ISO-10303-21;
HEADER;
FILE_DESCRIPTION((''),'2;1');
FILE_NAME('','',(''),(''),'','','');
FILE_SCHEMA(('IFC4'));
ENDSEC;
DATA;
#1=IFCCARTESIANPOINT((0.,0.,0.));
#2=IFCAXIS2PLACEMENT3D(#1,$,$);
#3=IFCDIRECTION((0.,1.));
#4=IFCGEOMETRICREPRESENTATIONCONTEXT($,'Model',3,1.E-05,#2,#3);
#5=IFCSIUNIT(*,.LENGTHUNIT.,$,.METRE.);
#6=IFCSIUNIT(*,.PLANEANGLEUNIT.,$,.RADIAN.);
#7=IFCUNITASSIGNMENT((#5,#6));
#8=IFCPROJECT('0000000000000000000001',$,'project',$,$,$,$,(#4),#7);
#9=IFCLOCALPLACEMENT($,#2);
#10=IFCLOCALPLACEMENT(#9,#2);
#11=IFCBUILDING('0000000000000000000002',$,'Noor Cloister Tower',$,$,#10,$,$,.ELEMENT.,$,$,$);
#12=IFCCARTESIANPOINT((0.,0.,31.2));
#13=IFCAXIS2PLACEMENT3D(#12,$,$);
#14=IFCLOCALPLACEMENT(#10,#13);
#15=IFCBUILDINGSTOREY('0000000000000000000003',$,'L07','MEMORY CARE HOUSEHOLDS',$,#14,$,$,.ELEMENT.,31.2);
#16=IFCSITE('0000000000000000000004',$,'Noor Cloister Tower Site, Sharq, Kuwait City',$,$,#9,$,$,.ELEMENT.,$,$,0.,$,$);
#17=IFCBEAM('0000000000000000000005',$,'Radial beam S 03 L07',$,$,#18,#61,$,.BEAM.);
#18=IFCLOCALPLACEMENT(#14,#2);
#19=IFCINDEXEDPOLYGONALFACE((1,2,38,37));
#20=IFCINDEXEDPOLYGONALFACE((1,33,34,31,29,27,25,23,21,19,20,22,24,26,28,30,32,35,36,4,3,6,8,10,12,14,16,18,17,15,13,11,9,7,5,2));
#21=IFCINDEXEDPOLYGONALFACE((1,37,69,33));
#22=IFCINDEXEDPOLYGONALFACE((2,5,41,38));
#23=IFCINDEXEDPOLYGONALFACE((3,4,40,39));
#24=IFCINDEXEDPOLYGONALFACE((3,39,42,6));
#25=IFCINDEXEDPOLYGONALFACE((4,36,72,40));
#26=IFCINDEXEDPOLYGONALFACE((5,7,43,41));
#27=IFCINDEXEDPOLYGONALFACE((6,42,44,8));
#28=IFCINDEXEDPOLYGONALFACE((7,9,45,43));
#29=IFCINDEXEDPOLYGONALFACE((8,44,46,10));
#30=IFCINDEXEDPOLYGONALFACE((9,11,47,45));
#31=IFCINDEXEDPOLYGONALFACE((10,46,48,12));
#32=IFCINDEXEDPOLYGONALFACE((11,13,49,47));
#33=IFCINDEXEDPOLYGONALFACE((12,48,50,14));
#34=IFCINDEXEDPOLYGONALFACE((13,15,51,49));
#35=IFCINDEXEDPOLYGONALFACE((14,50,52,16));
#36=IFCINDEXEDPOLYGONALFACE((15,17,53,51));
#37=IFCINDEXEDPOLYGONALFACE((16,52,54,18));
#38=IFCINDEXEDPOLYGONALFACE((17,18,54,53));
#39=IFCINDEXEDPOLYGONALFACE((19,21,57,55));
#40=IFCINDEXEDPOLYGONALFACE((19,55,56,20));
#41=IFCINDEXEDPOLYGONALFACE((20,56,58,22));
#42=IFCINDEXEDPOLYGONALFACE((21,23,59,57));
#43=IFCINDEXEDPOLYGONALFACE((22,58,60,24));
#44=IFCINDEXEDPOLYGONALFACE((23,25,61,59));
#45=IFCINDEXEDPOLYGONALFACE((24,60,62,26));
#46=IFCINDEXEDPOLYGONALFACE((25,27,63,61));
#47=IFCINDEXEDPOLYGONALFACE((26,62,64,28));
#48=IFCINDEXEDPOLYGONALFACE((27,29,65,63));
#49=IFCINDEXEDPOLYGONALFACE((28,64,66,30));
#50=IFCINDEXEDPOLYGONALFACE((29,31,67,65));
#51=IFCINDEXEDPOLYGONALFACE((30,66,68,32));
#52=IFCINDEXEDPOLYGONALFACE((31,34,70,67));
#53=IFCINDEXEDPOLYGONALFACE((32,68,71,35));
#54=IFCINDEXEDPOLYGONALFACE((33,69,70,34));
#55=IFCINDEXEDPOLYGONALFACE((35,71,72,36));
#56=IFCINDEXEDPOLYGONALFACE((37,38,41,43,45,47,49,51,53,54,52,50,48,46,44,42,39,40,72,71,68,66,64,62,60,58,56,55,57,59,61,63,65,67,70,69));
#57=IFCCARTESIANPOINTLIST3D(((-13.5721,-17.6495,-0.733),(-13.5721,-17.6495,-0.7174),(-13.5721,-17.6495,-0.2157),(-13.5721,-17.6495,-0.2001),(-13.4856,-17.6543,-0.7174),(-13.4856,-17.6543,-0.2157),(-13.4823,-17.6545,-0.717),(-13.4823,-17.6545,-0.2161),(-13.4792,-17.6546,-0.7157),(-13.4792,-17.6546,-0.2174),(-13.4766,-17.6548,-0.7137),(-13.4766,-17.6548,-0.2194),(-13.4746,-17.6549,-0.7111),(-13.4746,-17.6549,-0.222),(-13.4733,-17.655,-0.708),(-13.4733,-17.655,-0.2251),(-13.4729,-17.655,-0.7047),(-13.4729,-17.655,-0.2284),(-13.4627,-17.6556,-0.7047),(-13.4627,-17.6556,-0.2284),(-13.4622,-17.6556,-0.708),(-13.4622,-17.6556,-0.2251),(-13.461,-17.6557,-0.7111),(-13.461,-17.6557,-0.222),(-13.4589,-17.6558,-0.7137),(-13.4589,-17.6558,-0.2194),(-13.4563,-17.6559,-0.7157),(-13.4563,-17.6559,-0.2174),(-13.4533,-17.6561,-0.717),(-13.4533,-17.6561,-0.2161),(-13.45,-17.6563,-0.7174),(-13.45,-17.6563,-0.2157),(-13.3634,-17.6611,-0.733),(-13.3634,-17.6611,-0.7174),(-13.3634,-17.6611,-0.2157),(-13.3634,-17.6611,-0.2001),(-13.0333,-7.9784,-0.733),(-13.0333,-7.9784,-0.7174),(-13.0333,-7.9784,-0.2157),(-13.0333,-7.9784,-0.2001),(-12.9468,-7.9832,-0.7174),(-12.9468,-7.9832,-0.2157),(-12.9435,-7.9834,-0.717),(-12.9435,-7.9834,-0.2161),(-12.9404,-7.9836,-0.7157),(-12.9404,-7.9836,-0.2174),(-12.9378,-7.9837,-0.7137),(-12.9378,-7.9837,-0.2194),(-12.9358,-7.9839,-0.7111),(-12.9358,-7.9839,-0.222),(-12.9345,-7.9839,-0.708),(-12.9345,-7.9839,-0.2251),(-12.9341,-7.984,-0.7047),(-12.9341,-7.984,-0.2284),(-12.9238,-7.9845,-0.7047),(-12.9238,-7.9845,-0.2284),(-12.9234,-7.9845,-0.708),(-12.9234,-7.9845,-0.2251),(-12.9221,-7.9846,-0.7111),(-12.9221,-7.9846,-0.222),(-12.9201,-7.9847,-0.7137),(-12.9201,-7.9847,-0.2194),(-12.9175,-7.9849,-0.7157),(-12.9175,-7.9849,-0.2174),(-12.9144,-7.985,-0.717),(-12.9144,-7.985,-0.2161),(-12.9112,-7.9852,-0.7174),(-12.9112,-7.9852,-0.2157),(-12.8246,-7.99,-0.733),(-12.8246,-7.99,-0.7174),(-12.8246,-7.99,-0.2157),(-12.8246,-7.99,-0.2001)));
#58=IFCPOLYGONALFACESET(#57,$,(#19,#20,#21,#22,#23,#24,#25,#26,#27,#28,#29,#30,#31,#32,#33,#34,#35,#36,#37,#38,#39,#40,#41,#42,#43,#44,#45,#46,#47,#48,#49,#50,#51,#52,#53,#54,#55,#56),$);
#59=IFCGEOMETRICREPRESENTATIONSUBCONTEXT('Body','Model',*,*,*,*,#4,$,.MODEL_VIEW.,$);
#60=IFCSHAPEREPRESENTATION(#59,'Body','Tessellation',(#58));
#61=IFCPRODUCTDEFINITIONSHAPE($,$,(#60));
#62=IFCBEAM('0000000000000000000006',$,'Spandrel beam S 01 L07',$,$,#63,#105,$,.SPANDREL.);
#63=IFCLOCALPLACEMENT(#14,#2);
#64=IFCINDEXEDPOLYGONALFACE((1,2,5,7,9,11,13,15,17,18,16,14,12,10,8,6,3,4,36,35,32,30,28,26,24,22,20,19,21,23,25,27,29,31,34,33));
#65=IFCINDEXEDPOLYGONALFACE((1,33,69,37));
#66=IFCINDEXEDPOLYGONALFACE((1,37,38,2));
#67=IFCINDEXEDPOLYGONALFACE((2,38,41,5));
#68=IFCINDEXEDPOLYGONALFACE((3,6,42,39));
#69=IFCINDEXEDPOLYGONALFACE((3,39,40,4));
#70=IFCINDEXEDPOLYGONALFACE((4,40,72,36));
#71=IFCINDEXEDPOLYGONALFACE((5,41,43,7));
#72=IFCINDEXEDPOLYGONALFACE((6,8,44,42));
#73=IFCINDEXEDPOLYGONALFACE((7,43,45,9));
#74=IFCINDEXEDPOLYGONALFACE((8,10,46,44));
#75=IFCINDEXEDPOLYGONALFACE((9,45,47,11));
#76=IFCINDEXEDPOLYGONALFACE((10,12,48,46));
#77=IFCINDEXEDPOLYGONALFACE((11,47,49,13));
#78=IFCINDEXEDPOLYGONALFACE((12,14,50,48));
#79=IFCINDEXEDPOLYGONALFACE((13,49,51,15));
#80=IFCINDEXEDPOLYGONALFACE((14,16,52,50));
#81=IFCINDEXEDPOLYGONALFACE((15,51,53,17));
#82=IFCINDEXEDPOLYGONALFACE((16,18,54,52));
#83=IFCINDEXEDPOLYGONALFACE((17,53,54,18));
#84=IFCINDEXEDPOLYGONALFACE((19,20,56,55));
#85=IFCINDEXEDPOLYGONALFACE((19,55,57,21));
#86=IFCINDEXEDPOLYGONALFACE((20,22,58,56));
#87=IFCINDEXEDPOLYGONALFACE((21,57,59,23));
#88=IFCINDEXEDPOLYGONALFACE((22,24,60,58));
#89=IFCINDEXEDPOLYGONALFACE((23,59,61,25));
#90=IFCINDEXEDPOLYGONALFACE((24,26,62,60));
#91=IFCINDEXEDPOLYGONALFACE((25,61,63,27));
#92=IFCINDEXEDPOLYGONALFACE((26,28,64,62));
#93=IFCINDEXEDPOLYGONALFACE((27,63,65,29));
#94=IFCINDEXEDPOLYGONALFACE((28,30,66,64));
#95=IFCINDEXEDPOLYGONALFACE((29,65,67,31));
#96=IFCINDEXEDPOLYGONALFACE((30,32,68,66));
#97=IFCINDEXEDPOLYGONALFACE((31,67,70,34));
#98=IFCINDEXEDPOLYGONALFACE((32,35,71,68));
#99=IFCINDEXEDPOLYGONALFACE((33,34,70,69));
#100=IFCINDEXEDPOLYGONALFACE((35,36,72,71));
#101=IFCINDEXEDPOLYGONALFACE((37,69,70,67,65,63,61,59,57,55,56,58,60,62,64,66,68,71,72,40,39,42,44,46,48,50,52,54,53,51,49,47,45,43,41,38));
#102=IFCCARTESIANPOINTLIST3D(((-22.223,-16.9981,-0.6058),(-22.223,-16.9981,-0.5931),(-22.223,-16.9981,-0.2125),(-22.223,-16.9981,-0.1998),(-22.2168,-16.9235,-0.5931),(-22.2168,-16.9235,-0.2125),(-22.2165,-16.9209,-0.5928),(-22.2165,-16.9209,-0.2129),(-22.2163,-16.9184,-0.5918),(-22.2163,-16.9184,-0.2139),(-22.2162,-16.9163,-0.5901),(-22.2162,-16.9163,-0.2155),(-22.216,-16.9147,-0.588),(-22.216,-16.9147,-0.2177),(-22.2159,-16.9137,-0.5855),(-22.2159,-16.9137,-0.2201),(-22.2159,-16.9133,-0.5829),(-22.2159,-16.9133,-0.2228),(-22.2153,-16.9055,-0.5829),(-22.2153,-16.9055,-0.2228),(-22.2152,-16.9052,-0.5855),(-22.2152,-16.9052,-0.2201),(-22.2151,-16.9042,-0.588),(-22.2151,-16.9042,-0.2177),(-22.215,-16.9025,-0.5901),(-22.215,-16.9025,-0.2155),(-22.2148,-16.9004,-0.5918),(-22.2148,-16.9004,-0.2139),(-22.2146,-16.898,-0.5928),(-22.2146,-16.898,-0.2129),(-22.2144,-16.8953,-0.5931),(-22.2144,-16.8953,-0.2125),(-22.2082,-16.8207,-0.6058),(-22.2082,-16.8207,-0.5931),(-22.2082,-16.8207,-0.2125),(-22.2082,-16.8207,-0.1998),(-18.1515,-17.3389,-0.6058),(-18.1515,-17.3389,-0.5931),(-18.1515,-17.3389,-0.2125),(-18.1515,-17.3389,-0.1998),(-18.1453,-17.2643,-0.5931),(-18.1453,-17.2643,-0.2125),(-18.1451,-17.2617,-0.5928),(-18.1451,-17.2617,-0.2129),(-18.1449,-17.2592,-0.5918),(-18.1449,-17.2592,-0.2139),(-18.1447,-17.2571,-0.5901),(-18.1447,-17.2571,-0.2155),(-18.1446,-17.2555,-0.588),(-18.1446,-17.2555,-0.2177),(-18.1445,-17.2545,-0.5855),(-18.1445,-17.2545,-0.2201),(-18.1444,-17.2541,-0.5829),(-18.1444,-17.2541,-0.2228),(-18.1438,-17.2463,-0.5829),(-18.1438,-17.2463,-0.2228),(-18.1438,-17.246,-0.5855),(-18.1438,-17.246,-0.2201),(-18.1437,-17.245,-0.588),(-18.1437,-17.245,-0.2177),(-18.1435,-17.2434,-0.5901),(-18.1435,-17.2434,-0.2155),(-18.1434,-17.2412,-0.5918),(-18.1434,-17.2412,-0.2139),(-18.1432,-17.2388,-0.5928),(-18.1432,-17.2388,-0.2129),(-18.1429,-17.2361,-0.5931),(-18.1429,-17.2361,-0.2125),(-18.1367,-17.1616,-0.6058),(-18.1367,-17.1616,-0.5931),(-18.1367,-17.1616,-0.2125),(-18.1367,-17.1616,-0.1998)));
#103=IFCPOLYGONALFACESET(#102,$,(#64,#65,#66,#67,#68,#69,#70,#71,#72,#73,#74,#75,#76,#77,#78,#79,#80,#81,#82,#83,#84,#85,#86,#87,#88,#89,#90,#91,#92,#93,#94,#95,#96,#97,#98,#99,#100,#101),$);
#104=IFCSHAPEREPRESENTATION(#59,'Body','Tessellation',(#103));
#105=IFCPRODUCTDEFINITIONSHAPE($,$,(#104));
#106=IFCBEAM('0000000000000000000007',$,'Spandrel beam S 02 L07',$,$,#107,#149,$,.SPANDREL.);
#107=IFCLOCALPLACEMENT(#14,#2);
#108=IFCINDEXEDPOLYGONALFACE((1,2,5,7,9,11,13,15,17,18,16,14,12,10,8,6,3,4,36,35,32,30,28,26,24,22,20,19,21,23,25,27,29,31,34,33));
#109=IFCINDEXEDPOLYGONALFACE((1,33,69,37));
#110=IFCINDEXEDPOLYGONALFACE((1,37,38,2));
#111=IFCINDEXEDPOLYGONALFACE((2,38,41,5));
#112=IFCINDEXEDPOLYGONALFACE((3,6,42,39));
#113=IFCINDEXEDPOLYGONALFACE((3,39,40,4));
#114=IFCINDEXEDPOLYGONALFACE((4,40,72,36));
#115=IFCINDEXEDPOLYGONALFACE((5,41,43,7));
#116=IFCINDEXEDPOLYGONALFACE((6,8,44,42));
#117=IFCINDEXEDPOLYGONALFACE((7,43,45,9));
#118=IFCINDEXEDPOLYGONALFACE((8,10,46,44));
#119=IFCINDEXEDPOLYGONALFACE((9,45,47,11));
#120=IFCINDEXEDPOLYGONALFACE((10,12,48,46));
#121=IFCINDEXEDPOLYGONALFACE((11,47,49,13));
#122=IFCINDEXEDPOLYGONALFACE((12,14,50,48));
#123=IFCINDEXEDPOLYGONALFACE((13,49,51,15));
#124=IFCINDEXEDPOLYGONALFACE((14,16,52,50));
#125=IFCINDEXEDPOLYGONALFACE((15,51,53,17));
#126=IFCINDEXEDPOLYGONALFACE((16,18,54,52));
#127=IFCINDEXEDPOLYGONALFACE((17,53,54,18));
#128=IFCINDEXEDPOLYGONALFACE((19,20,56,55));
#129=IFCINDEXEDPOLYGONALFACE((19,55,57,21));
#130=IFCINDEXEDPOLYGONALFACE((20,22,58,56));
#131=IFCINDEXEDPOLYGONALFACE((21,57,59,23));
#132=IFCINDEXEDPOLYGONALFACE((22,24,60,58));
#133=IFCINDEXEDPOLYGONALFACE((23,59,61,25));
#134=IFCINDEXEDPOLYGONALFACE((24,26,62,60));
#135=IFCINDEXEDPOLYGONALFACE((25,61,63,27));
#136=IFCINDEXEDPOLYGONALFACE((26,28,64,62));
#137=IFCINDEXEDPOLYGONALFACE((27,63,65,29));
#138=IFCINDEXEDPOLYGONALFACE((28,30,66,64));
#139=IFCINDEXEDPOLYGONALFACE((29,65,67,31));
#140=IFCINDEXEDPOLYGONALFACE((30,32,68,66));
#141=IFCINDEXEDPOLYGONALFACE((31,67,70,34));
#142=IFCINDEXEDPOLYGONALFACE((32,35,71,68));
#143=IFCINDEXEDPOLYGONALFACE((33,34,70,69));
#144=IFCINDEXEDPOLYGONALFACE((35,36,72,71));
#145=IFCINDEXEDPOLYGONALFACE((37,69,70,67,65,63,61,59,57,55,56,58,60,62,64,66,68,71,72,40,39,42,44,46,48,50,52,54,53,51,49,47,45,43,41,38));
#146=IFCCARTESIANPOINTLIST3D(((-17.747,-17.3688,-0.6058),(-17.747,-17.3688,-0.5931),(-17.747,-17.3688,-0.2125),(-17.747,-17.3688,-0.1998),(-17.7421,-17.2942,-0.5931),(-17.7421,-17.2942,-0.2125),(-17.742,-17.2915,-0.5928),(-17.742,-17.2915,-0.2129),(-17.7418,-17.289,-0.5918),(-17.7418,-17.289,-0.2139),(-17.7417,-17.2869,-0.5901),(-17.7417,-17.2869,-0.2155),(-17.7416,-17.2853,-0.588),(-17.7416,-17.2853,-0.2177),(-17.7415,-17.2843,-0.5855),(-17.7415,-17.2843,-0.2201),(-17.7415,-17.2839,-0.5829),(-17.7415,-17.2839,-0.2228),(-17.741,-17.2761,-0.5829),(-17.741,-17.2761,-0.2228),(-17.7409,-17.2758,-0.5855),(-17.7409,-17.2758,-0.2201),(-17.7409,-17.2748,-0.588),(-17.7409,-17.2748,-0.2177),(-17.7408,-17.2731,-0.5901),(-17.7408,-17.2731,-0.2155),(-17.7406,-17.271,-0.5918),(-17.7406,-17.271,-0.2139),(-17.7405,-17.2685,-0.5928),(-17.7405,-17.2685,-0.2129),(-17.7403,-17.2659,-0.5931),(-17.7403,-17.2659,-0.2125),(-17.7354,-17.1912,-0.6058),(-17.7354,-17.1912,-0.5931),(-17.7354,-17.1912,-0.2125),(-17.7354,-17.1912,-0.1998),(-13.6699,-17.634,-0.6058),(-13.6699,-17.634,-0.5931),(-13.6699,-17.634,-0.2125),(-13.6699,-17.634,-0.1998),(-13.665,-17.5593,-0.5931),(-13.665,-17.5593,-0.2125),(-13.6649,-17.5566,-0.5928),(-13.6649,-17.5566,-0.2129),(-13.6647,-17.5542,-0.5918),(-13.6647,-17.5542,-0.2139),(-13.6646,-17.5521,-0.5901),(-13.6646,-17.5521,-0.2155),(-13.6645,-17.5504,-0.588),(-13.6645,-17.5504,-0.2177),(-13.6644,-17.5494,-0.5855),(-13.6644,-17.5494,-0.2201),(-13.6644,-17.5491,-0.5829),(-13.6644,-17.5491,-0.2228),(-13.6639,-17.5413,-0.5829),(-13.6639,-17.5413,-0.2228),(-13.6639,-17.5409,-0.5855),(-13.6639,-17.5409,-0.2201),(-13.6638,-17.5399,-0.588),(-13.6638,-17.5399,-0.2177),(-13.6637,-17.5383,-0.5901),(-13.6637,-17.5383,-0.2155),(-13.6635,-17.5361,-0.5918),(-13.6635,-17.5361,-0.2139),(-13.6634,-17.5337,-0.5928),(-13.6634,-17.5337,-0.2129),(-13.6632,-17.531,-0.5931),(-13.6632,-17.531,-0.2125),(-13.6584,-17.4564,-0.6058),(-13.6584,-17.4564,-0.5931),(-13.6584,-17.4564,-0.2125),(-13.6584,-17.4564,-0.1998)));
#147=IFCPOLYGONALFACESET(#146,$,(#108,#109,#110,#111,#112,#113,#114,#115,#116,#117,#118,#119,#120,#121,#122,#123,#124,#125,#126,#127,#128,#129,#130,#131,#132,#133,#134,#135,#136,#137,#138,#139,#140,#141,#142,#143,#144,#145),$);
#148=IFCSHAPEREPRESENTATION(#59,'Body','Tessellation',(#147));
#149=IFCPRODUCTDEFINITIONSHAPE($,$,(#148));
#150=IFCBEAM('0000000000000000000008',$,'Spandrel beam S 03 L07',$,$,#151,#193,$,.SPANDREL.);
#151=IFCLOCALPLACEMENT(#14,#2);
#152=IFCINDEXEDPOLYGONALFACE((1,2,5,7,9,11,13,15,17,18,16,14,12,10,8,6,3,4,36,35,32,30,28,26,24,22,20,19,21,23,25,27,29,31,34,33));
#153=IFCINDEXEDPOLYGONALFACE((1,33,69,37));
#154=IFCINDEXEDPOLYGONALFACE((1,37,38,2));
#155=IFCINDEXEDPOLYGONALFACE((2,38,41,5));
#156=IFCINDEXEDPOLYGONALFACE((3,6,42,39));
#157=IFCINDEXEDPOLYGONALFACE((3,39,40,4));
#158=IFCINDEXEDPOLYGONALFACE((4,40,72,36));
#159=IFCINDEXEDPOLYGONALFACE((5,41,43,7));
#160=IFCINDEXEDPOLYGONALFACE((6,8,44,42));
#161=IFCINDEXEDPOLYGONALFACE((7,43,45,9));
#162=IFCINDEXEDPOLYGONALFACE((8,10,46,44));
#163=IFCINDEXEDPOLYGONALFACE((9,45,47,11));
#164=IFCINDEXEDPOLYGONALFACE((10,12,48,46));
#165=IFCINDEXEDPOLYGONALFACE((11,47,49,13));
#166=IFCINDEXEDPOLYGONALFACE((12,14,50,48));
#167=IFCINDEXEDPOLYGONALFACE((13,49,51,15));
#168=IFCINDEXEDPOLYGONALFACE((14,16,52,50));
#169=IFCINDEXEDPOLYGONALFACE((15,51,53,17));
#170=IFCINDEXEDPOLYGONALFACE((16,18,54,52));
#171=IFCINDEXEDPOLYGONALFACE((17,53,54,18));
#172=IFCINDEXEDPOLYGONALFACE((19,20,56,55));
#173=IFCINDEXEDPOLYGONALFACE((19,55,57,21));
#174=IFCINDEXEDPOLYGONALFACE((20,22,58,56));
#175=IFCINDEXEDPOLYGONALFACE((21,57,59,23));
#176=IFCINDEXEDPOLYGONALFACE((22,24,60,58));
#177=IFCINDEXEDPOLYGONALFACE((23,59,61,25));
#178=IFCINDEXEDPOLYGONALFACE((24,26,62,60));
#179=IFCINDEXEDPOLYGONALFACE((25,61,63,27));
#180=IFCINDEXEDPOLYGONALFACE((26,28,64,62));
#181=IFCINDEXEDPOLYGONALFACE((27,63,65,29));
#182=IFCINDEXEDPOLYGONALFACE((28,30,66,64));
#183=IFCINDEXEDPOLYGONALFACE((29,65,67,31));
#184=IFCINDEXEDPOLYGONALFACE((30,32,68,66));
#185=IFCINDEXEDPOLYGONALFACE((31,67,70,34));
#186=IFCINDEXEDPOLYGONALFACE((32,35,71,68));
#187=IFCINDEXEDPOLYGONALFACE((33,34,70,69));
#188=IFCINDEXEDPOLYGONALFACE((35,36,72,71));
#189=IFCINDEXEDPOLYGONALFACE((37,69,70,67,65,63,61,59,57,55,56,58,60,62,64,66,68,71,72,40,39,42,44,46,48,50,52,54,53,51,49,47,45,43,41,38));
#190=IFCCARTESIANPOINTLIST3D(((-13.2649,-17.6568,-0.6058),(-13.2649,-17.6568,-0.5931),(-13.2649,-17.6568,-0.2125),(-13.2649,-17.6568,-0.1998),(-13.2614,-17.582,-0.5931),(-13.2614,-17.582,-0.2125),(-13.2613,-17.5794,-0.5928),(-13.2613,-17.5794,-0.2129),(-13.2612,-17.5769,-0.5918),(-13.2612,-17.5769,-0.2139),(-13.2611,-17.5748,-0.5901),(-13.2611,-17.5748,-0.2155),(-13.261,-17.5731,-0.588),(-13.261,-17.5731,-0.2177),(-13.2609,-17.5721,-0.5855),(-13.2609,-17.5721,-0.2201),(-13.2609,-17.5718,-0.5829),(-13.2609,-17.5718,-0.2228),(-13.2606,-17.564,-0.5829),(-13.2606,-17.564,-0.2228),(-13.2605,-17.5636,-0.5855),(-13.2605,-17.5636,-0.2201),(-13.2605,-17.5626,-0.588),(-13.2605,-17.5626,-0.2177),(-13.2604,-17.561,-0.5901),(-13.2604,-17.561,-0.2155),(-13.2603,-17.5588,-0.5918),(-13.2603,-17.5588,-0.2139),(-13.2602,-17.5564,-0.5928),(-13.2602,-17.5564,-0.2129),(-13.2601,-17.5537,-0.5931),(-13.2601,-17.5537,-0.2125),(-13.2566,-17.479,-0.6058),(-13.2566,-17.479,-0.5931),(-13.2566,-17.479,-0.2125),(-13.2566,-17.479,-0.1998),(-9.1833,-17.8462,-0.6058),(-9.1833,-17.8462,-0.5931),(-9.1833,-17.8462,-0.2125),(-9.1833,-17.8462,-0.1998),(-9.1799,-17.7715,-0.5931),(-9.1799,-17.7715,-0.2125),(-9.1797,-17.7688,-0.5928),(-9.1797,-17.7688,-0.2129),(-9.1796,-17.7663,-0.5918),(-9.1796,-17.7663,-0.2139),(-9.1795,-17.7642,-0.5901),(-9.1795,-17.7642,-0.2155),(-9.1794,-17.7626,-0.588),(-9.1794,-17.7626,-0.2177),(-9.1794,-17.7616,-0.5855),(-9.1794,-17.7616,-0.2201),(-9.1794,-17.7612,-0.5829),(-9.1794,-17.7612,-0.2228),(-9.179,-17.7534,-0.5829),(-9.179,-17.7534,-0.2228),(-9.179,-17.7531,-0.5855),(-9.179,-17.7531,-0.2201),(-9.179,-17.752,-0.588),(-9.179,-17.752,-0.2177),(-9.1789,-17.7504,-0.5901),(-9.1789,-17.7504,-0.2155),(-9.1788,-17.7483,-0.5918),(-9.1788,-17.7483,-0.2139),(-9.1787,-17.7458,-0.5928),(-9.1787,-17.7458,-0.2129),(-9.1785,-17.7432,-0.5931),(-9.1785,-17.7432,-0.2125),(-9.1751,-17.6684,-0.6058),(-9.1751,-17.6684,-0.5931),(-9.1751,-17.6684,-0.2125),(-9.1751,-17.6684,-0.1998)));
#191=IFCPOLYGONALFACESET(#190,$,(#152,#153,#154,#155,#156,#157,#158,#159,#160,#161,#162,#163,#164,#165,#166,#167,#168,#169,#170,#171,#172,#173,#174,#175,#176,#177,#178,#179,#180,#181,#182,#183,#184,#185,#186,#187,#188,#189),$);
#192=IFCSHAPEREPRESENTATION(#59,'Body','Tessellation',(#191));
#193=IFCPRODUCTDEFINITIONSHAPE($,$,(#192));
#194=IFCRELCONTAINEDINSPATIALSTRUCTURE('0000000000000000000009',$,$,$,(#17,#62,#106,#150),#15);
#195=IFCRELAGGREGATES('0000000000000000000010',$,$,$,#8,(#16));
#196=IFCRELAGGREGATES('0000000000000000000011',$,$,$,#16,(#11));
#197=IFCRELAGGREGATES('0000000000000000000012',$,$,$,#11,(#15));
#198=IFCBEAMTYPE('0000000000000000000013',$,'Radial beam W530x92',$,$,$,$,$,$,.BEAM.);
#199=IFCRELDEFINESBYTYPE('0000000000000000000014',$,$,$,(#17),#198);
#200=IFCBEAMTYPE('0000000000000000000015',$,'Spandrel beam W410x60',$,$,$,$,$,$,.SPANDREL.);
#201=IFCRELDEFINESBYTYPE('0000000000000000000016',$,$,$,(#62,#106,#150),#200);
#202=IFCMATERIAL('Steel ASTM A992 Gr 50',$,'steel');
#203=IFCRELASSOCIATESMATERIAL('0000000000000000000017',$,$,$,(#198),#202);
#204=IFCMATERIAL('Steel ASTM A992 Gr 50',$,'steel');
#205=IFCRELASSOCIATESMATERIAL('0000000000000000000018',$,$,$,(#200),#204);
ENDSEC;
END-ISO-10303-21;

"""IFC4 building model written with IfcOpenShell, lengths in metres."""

from ifc_helpers import new_model, si_unit, direction, frame, origin, origin_2d, place, context, subcontext, project, spatial, i_section, extrude, material, material_profile, profile_set, type_object, element, save


model = new_model("IFC4")

# Units and contexts
model_context = context("Model", 3, precision=1e-05, world=origin(), true_north=direction((0.0, 1.0)))
body_context = subcontext(model_context, "Body", "Model", "MODEL_VIEW")
ifc_project = project(units=[si_unit("LENGTHUNIT", "METRE"), si_unit("PLANEANGLEUNIT", "RADIAN")], contexts=[model_context])

# Site, building, storey
site_placement = place(None, origin())
site = spatial("IfcSite", under=ifc_project, at=site_placement, Name="Noor Cloister Tower Site, Sharq, Kuwait City", CompositionType="ELEMENT", RefElevation=0.0)
building_placement = place(site_placement, origin())
building = spatial("IfcBuilding", under=site, at=building_placement, Name="Noor Cloister Tower", CompositionType="ELEMENT")
storey_placement = place(building_placement, frame((0.0, 0.0, 31.2)))
storey = spatial("IfcBuildingStorey", under=building, at=storey_placement, Name="L07", Description="MEMORY CARE HOUSEHOLDS", CompositionType="ELEMENT", Elevation=31.2)

# Beams
ifc_material_1 = material(Name="Steel ASTM A992 Gr 50", Category="steel")
ifc_material_profile_1 = material_profile(ifc_material_1, i_section(OverallWidth=0.209, OverallDepth=0.533, WebThickness=0.0103, FlangeThickness=0.0156, FilletRadius=0.0127, at=origin_2d()), Name="W530x92")
ifc_profile_set_1 = profile_set([ifc_material_profile_1], Name="Steel ASTM A992 Gr 50")
beam_type_1 = type_object("IfcBeamType", Name="Radial beam W530x92", PredefinedType="BEAM", material=ifc_profile_set_1)
beam_1_placement = place(storey_placement, frame((-13.4678, -17.6553, -0.4666), z_axis=(0.055628, 0.998452, 0.0), x_axis=(-0.998452, 0.055628, 0.0)))
element("IfcBeam", 1, at=beam_1_placement, inside=storey, type_object=beam_type_1, Name="Radial beam S 03 L07", PredefinedType="BEAM", context=body_context, shape_type="SweptSolid", body=[
    extrude(i_section(OverallWidth=0.209, OverallDepth=0.533, WebThickness=0.0103, FlangeThickness=0.0156, FilletRadius=0.0127, at=origin_2d()), origin(), (0.0, 0.0, 1.0), 9.686),
])
ifc_material_2 = material(Name="Steel ASTM A992 Gr 50", Category="steel")
ifc_material_profile_2 = material_profile(ifc_material_2, i_section(OverallWidth=0.178, OverallDepth=0.406, WebThickness=0.0078, FlangeThickness=0.0127, FilletRadius=0.0103, at=origin_2d()), Name="W410x60")
ifc_profile_set_2 = profile_set([ifc_material_profile_2], Name="Steel ASTM A992 Gr 50")
beam_type_2 = type_object("IfcBeamType", Name="Spandrel beam W410x60", PredefinedType="SPANDREL", material=ifc_profile_set_2)
for number, where, z_axis, x_axis, name in (
    (2, (-22.2156, -16.9094, -0.4028), (0.996515, -0.083416, 0.0), (0.083416, 0.996515, 0.0), "Spandrel beam S 01 L07"),
    (3, (-17.7412, -17.28, -0.4028), (0.997892, -0.064893, 0.0), (0.064893, 0.997892, 0.0), "Spandrel beam S 02 L07"),
):
    element("IfcBeam", number, at=place(storey_placement, frame(where, z_axis=z_axis, x_axis=x_axis)), inside=storey, type_object=beam_type_2, Name=name, PredefinedType="SPANDREL", context=body_context, shape_type="SweptSolid", body=[
        extrude(i_section(OverallWidth=0.178, OverallDepth=0.406, WebThickness=0.0078, FlangeThickness=0.0127, FilletRadius=0.0103, at=origin_2d()), origin(), (0.0, 0.0, 1.0), 4.0857),
    ])
beam_2_placement = place(storey_placement, frame((-13.2607, -17.5679, -0.4028), z_axis=(0.998924, -0.046367, 0.0), x_axis=(0.046367, 0.998924, 0.0)))
element("IfcBeam", 4, at=beam_2_placement, inside=storey, type_object=beam_type_2, Name="Spandrel beam S 03 L07", PredefinedType="SPANDREL", context=body_context, shape_type="SweptSolid", body=[
    extrude(i_section(OverallWidth=0.178, OverallDepth=0.406, WebThickness=0.0078, FlangeThickness=0.0127, FilletRadius=0.0103, at=origin_2d()), origin(), (0.0, 0.0, 1.0), 4.0859),
])

save(model, "model.ifc")
